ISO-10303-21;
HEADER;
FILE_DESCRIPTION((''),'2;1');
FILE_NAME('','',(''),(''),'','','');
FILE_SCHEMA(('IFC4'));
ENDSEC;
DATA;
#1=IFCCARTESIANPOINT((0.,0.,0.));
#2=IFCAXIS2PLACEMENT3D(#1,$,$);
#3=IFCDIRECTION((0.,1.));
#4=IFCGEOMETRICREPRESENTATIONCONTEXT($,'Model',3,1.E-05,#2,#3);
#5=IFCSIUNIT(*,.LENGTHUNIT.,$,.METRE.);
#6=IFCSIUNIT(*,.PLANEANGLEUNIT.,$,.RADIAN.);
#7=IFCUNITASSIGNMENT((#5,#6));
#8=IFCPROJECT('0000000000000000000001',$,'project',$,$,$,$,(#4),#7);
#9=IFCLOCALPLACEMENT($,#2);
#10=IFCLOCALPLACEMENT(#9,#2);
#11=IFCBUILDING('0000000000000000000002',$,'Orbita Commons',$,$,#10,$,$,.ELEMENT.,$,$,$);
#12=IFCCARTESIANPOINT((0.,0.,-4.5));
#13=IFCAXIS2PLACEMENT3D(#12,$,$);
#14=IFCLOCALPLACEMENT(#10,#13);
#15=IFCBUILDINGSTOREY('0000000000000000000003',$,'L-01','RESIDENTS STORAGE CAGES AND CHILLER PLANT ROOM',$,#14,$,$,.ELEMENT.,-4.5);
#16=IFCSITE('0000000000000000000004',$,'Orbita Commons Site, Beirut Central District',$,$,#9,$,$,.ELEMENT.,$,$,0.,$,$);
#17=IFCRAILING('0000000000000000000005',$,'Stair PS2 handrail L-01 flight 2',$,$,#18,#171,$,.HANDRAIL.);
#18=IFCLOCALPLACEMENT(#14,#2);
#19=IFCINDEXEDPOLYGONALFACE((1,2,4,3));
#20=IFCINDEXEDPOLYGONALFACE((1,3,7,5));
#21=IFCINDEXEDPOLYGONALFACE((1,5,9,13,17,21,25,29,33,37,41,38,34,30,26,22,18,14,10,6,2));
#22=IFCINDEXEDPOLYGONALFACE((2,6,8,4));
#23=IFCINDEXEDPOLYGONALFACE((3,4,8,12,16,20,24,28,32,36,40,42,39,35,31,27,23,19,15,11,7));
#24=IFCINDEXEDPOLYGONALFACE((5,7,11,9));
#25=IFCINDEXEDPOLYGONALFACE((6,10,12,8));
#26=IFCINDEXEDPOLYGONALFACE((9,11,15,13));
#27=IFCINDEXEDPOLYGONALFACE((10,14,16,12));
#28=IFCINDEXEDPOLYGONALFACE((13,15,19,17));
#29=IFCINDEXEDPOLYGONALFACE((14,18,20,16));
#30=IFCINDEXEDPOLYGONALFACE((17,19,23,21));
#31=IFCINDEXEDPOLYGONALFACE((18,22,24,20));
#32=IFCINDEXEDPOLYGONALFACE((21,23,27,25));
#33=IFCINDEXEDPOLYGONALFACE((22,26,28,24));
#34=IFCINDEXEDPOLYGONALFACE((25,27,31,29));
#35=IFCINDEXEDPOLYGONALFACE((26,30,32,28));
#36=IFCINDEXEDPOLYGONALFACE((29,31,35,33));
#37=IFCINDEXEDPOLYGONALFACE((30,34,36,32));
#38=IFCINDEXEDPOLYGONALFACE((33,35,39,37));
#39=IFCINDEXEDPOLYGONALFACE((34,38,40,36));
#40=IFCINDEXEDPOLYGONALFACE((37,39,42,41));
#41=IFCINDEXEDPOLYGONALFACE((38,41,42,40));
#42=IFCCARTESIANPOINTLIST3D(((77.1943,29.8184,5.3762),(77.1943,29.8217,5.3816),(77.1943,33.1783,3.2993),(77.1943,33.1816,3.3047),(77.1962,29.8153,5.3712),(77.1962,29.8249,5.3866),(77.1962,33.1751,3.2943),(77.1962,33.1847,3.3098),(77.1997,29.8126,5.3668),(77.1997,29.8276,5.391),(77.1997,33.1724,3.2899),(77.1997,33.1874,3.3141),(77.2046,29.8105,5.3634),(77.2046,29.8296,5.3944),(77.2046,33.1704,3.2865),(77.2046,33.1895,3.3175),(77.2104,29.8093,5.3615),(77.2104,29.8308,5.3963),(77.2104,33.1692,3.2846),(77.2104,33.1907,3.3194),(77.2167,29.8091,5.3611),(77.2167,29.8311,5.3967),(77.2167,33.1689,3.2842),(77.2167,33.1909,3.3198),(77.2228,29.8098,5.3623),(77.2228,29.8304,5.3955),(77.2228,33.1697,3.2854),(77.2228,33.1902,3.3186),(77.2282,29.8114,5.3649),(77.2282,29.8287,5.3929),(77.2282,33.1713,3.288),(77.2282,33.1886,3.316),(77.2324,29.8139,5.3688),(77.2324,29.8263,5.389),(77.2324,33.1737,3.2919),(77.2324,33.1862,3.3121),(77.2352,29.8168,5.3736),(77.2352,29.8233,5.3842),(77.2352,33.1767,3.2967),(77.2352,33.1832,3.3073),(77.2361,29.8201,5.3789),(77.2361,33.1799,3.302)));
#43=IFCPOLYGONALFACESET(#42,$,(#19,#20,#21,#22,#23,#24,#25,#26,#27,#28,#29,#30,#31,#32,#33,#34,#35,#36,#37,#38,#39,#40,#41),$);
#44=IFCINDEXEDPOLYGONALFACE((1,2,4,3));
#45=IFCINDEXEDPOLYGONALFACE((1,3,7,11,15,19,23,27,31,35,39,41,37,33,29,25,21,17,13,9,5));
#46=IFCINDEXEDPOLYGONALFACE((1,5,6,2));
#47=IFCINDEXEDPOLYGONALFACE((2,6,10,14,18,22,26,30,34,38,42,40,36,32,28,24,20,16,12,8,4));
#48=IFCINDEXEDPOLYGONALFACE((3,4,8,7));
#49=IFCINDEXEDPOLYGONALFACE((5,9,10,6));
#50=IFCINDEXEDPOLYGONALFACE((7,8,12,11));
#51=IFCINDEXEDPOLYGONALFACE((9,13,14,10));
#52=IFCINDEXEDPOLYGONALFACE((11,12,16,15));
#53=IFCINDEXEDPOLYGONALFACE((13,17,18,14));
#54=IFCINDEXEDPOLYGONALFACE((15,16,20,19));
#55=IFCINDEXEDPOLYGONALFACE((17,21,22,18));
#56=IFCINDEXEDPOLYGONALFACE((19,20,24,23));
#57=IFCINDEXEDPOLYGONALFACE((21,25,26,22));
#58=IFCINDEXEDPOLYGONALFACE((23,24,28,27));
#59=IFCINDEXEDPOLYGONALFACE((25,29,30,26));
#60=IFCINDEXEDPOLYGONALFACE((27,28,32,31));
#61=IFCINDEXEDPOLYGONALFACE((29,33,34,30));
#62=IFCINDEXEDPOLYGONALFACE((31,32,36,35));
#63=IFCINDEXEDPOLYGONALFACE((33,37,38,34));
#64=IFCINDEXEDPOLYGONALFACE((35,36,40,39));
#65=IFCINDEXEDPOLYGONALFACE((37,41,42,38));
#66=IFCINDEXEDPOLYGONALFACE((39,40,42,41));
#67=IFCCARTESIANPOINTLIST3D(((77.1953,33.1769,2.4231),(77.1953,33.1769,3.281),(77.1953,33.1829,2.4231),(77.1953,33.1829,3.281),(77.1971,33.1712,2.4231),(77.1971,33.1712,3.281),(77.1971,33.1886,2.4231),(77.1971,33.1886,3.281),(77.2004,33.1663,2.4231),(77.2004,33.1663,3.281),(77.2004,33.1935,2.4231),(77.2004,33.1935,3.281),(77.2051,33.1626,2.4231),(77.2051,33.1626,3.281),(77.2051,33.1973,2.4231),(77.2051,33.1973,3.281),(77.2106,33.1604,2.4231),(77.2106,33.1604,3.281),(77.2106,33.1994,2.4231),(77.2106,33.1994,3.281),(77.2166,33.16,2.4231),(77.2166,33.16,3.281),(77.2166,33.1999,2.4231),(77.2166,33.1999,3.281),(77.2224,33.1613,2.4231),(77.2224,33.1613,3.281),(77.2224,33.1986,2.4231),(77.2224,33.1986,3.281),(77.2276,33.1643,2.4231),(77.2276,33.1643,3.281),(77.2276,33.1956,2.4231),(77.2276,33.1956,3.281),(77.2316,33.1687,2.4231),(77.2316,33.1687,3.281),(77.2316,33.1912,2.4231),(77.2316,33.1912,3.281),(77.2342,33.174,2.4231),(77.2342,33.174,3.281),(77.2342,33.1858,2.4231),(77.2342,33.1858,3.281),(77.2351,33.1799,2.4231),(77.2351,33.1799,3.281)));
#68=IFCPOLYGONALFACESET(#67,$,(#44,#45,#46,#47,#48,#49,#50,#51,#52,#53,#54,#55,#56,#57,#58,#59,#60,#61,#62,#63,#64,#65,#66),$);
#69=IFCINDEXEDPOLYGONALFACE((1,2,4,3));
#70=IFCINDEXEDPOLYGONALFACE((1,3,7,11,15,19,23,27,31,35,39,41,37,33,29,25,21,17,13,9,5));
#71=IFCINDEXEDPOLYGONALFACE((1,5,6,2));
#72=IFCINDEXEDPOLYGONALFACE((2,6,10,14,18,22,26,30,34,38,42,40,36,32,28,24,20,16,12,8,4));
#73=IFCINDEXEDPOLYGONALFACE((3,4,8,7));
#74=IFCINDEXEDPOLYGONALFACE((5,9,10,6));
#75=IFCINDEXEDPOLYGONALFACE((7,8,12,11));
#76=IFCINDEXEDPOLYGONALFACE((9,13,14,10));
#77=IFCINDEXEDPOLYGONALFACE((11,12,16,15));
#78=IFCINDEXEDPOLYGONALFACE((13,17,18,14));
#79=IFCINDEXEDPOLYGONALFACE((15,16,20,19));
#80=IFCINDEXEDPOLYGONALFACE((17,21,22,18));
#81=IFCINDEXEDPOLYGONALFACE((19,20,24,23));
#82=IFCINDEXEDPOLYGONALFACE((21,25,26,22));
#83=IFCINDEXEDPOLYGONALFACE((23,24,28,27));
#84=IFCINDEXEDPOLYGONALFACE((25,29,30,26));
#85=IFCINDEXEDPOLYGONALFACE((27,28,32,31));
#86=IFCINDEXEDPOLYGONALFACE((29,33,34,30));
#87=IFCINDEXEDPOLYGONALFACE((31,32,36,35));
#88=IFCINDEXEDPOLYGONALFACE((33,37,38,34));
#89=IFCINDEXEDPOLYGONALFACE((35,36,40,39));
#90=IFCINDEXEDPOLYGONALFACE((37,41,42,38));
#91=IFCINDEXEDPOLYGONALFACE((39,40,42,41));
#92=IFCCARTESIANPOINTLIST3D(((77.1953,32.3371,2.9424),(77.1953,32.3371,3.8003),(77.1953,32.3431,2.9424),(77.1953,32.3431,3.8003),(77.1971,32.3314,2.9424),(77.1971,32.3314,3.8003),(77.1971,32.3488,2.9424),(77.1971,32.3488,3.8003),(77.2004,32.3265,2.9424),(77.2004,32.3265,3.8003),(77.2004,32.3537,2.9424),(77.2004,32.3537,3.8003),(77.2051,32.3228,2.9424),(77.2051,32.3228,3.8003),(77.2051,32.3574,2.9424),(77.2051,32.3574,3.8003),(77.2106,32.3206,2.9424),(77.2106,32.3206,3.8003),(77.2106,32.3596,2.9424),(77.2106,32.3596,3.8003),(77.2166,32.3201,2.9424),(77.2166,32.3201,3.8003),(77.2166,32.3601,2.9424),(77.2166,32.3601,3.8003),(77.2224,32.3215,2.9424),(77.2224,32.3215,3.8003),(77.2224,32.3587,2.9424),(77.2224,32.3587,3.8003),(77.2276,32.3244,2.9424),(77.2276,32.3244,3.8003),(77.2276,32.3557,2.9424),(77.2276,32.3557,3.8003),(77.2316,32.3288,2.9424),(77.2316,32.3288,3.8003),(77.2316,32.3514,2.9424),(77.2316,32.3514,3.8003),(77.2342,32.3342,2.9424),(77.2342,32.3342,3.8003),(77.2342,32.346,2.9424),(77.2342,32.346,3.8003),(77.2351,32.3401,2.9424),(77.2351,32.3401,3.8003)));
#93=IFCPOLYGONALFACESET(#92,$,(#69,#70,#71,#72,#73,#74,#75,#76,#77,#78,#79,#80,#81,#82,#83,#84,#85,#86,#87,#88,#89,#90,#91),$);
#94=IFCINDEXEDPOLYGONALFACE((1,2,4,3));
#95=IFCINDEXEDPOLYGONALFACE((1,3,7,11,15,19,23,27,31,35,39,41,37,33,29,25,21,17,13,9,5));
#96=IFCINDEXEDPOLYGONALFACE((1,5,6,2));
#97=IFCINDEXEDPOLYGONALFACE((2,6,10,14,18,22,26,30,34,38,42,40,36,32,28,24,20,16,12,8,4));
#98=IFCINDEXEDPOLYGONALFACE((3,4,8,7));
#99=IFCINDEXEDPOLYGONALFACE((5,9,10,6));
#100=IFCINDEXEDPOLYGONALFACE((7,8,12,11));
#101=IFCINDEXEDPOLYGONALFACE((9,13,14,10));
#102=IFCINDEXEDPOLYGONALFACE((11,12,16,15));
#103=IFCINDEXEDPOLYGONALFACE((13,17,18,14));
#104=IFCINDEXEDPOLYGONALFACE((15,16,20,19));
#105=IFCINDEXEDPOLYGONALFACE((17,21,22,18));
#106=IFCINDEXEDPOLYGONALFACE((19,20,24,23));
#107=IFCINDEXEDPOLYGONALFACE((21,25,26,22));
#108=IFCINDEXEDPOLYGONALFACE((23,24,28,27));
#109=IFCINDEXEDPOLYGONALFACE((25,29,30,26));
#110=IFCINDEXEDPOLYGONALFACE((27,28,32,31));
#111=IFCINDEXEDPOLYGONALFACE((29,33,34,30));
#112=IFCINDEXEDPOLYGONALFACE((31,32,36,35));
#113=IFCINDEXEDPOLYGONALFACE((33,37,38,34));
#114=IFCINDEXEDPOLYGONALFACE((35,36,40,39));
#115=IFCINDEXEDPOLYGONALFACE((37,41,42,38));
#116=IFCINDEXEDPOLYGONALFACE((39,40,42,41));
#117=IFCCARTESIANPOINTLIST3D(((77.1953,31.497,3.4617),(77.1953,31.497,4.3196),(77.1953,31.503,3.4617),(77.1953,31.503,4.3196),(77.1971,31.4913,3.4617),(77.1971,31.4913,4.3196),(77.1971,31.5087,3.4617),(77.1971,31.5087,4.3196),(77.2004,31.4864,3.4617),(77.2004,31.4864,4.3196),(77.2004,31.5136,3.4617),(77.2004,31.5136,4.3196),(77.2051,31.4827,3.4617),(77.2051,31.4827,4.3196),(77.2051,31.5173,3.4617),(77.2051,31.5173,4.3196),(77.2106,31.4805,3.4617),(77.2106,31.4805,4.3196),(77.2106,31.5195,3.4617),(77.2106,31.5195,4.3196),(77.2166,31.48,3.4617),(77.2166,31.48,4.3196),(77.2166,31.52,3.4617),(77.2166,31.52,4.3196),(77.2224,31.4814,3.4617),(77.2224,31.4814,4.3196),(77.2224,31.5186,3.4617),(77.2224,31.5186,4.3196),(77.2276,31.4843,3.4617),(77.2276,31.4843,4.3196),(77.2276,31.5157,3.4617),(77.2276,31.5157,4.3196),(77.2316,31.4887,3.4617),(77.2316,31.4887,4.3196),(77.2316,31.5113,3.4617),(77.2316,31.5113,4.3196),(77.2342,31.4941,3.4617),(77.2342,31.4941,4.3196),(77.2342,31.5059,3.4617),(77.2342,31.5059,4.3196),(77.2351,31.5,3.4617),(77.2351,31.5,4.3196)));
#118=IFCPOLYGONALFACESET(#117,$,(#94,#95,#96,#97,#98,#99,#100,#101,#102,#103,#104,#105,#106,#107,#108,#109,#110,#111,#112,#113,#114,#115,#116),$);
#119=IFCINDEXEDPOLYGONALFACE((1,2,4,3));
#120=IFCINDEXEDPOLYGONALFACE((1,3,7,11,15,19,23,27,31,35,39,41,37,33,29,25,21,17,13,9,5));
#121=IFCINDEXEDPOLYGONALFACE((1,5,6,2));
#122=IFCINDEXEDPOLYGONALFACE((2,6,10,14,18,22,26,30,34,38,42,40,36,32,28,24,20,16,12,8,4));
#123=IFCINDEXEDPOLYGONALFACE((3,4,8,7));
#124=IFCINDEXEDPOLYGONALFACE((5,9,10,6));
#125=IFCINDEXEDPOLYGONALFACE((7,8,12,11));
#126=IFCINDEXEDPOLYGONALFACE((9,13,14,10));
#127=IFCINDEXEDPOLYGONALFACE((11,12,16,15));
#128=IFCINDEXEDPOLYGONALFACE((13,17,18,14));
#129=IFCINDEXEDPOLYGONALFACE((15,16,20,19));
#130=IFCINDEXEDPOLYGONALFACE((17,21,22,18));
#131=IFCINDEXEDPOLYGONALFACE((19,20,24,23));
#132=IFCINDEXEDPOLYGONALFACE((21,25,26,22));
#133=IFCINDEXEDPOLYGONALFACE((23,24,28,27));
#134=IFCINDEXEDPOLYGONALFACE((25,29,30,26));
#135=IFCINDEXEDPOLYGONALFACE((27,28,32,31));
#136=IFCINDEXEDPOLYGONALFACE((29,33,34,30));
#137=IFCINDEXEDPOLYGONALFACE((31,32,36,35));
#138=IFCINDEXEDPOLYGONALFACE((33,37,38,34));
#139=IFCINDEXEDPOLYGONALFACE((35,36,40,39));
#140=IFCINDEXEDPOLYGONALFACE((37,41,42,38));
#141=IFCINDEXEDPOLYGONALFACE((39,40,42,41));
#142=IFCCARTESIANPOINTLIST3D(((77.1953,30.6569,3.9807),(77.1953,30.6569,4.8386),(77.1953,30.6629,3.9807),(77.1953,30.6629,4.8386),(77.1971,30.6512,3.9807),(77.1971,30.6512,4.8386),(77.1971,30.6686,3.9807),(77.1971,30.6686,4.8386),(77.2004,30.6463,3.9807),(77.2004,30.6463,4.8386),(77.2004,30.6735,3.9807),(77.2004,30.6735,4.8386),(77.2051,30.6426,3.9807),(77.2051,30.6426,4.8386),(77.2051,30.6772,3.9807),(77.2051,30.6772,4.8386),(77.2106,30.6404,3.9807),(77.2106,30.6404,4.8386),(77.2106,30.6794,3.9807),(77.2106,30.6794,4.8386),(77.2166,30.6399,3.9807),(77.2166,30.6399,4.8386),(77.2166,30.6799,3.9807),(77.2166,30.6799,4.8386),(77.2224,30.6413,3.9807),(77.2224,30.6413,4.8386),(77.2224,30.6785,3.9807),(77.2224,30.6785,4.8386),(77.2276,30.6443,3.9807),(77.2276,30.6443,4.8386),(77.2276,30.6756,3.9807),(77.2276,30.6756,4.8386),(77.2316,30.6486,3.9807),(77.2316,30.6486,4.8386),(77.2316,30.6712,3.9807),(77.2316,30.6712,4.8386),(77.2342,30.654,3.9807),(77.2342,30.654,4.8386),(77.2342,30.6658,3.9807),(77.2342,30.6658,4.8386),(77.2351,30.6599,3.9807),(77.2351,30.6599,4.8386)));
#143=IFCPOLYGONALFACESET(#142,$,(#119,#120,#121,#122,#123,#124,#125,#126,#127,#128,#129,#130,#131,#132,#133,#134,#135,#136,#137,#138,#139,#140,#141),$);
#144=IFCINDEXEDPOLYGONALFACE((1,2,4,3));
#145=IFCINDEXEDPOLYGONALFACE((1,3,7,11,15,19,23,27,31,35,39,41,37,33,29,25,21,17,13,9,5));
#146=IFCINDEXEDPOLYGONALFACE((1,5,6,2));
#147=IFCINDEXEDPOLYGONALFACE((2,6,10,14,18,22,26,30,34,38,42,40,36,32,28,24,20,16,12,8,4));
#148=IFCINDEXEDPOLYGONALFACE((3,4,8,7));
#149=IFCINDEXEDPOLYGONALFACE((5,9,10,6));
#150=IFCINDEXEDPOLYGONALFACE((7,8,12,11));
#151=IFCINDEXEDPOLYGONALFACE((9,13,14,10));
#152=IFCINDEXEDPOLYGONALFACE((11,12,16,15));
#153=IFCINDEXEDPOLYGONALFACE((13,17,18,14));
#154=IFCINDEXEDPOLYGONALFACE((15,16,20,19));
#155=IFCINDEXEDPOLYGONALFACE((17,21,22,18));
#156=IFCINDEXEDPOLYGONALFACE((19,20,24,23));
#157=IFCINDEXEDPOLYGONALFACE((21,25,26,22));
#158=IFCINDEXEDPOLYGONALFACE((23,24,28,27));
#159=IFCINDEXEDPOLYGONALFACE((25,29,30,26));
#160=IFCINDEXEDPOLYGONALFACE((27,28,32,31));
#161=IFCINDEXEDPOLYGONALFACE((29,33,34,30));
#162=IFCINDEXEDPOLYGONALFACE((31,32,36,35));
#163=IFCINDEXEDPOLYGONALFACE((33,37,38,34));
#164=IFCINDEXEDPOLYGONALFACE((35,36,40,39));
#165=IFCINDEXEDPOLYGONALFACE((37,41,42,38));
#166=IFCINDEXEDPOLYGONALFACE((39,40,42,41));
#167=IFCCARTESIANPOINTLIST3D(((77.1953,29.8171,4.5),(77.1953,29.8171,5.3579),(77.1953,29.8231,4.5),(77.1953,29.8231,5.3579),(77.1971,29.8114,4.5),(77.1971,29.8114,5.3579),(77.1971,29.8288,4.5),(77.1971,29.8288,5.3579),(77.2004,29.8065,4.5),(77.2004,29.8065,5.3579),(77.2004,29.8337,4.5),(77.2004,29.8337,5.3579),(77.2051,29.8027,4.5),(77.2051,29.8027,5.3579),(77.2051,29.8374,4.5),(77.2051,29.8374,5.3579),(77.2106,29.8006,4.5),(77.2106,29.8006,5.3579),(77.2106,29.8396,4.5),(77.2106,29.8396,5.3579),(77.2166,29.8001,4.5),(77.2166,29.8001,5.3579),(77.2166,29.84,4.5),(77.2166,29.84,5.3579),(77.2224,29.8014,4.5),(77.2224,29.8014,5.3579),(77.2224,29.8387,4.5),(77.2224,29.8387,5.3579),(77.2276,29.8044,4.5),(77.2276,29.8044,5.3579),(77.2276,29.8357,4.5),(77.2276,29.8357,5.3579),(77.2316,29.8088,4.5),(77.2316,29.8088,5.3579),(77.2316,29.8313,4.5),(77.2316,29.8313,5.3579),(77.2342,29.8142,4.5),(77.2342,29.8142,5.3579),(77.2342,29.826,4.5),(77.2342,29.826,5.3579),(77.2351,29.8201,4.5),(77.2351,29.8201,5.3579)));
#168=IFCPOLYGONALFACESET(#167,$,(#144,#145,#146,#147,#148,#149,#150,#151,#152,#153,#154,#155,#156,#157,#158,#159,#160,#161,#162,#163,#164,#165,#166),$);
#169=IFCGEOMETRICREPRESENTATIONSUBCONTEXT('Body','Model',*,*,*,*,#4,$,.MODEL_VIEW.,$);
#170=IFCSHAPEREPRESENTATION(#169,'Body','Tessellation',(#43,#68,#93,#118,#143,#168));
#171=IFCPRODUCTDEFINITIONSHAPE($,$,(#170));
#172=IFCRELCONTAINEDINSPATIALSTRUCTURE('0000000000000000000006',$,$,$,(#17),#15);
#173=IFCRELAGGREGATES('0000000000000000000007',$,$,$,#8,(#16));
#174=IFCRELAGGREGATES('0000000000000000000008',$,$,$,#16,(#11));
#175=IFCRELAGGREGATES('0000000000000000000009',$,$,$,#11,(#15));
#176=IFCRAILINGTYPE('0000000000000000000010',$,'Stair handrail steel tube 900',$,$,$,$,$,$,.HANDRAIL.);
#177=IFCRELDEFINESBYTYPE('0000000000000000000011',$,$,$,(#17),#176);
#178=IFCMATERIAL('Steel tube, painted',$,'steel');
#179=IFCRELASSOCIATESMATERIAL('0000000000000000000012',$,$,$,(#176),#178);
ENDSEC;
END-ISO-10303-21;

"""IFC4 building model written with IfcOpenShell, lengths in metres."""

from ifc_helpers import new_model, si_unit, direction, frame, origin, origin_2d, place, context, subcontext, project, spatial, circle, extrude, material, type_object, element, save


model = new_model("IFC4")

# Units and contexts
model_context = context("Model", 3, precision=1e-05, world=origin(), true_north=direction((0.0, 1.0)))
body_context = subcontext(model_context, "Body", "Model", "MODEL_VIEW")
ifc_project = project(units=[si_unit("LENGTHUNIT", "METRE"), si_unit("PLANEANGLEUNIT", "RADIAN")], contexts=[model_context])

# Site, building, storey
site_placement = place(None, origin())
site = spatial("IfcSite", under=ifc_project, at=site_placement, Name="Orbita Commons Site, Beirut Central District", CompositionType="ELEMENT", RefElevation=0.0)
building_placement = place(site_placement, origin())
building = spatial("IfcBuilding", under=site, at=building_placement, Name="Orbita Commons", CompositionType="ELEMENT")
storey_placement = place(building_placement, frame((0.0, 0.0, -4.5)))
storey = spatial("IfcBuildingStorey", under=building, at=storey_placement, Name="L-01", Description="RESIDENTS STORAGE CAGES AND CHILLER PLANT ROOM", CompositionType="ELEMENT", Elevation=-4.5)

# Railing
ifc_material_1 = material(Name="Steel tube, painted", Category="steel")
railing_type_1 = type_object("IfcRailingType", Name="Stair handrail steel tube 900", PredefinedType="HANDRAIL", material=ifc_material_1)
for number, where, name in (
    (1, (77.2151, 33.1799, 2.4231), "Stair PS2 handrail L-01 flight 2"),
):
    element("IfcRailing", number, at=place(storey_placement, frame(where)), inside=storey, type_object=railing_type_1, Name=name, PredefinedType="HANDRAIL", context=body_context, shape_type="SweptSolid", body=[
        extrude(circle(Radius=0.021, at=origin_2d()), frame((0.0, 0.0, 0.8789), z_axis=(0.0, -0.850606, 0.525803), x_axis=(1.0, 0.0, 0.0)), (0.0, 0.0, 1.0), 3.95),
        extrude(circle(Radius=0.02, at=origin_2d()), origin(), (0.0, 0.0, 1.0), 0.8579),
        extrude(circle(Radius=0.02, at=origin_2d()), frame((0.0, -0.8398, 0.5193)), (0.0, 0.0, 1.0), 0.8579),
        extrude(circle(Radius=0.02, at=origin_2d()), frame((0.0, -1.6799, 1.0386)), (0.0, 0.0, 1.0), 0.8579),
        extrude(circle(Radius=0.02, at=origin_2d()), frame((0.0, -2.52, 1.5576)), (0.0, 0.0, 1.0), 0.8579),
        extrude(circle(Radius=0.02, at=origin_2d()), frame((0.0, -3.3599, 2.0769)), (0.0, 0.0, 1.0), 0.8579),
    ])

save(model, "model.ifc")
